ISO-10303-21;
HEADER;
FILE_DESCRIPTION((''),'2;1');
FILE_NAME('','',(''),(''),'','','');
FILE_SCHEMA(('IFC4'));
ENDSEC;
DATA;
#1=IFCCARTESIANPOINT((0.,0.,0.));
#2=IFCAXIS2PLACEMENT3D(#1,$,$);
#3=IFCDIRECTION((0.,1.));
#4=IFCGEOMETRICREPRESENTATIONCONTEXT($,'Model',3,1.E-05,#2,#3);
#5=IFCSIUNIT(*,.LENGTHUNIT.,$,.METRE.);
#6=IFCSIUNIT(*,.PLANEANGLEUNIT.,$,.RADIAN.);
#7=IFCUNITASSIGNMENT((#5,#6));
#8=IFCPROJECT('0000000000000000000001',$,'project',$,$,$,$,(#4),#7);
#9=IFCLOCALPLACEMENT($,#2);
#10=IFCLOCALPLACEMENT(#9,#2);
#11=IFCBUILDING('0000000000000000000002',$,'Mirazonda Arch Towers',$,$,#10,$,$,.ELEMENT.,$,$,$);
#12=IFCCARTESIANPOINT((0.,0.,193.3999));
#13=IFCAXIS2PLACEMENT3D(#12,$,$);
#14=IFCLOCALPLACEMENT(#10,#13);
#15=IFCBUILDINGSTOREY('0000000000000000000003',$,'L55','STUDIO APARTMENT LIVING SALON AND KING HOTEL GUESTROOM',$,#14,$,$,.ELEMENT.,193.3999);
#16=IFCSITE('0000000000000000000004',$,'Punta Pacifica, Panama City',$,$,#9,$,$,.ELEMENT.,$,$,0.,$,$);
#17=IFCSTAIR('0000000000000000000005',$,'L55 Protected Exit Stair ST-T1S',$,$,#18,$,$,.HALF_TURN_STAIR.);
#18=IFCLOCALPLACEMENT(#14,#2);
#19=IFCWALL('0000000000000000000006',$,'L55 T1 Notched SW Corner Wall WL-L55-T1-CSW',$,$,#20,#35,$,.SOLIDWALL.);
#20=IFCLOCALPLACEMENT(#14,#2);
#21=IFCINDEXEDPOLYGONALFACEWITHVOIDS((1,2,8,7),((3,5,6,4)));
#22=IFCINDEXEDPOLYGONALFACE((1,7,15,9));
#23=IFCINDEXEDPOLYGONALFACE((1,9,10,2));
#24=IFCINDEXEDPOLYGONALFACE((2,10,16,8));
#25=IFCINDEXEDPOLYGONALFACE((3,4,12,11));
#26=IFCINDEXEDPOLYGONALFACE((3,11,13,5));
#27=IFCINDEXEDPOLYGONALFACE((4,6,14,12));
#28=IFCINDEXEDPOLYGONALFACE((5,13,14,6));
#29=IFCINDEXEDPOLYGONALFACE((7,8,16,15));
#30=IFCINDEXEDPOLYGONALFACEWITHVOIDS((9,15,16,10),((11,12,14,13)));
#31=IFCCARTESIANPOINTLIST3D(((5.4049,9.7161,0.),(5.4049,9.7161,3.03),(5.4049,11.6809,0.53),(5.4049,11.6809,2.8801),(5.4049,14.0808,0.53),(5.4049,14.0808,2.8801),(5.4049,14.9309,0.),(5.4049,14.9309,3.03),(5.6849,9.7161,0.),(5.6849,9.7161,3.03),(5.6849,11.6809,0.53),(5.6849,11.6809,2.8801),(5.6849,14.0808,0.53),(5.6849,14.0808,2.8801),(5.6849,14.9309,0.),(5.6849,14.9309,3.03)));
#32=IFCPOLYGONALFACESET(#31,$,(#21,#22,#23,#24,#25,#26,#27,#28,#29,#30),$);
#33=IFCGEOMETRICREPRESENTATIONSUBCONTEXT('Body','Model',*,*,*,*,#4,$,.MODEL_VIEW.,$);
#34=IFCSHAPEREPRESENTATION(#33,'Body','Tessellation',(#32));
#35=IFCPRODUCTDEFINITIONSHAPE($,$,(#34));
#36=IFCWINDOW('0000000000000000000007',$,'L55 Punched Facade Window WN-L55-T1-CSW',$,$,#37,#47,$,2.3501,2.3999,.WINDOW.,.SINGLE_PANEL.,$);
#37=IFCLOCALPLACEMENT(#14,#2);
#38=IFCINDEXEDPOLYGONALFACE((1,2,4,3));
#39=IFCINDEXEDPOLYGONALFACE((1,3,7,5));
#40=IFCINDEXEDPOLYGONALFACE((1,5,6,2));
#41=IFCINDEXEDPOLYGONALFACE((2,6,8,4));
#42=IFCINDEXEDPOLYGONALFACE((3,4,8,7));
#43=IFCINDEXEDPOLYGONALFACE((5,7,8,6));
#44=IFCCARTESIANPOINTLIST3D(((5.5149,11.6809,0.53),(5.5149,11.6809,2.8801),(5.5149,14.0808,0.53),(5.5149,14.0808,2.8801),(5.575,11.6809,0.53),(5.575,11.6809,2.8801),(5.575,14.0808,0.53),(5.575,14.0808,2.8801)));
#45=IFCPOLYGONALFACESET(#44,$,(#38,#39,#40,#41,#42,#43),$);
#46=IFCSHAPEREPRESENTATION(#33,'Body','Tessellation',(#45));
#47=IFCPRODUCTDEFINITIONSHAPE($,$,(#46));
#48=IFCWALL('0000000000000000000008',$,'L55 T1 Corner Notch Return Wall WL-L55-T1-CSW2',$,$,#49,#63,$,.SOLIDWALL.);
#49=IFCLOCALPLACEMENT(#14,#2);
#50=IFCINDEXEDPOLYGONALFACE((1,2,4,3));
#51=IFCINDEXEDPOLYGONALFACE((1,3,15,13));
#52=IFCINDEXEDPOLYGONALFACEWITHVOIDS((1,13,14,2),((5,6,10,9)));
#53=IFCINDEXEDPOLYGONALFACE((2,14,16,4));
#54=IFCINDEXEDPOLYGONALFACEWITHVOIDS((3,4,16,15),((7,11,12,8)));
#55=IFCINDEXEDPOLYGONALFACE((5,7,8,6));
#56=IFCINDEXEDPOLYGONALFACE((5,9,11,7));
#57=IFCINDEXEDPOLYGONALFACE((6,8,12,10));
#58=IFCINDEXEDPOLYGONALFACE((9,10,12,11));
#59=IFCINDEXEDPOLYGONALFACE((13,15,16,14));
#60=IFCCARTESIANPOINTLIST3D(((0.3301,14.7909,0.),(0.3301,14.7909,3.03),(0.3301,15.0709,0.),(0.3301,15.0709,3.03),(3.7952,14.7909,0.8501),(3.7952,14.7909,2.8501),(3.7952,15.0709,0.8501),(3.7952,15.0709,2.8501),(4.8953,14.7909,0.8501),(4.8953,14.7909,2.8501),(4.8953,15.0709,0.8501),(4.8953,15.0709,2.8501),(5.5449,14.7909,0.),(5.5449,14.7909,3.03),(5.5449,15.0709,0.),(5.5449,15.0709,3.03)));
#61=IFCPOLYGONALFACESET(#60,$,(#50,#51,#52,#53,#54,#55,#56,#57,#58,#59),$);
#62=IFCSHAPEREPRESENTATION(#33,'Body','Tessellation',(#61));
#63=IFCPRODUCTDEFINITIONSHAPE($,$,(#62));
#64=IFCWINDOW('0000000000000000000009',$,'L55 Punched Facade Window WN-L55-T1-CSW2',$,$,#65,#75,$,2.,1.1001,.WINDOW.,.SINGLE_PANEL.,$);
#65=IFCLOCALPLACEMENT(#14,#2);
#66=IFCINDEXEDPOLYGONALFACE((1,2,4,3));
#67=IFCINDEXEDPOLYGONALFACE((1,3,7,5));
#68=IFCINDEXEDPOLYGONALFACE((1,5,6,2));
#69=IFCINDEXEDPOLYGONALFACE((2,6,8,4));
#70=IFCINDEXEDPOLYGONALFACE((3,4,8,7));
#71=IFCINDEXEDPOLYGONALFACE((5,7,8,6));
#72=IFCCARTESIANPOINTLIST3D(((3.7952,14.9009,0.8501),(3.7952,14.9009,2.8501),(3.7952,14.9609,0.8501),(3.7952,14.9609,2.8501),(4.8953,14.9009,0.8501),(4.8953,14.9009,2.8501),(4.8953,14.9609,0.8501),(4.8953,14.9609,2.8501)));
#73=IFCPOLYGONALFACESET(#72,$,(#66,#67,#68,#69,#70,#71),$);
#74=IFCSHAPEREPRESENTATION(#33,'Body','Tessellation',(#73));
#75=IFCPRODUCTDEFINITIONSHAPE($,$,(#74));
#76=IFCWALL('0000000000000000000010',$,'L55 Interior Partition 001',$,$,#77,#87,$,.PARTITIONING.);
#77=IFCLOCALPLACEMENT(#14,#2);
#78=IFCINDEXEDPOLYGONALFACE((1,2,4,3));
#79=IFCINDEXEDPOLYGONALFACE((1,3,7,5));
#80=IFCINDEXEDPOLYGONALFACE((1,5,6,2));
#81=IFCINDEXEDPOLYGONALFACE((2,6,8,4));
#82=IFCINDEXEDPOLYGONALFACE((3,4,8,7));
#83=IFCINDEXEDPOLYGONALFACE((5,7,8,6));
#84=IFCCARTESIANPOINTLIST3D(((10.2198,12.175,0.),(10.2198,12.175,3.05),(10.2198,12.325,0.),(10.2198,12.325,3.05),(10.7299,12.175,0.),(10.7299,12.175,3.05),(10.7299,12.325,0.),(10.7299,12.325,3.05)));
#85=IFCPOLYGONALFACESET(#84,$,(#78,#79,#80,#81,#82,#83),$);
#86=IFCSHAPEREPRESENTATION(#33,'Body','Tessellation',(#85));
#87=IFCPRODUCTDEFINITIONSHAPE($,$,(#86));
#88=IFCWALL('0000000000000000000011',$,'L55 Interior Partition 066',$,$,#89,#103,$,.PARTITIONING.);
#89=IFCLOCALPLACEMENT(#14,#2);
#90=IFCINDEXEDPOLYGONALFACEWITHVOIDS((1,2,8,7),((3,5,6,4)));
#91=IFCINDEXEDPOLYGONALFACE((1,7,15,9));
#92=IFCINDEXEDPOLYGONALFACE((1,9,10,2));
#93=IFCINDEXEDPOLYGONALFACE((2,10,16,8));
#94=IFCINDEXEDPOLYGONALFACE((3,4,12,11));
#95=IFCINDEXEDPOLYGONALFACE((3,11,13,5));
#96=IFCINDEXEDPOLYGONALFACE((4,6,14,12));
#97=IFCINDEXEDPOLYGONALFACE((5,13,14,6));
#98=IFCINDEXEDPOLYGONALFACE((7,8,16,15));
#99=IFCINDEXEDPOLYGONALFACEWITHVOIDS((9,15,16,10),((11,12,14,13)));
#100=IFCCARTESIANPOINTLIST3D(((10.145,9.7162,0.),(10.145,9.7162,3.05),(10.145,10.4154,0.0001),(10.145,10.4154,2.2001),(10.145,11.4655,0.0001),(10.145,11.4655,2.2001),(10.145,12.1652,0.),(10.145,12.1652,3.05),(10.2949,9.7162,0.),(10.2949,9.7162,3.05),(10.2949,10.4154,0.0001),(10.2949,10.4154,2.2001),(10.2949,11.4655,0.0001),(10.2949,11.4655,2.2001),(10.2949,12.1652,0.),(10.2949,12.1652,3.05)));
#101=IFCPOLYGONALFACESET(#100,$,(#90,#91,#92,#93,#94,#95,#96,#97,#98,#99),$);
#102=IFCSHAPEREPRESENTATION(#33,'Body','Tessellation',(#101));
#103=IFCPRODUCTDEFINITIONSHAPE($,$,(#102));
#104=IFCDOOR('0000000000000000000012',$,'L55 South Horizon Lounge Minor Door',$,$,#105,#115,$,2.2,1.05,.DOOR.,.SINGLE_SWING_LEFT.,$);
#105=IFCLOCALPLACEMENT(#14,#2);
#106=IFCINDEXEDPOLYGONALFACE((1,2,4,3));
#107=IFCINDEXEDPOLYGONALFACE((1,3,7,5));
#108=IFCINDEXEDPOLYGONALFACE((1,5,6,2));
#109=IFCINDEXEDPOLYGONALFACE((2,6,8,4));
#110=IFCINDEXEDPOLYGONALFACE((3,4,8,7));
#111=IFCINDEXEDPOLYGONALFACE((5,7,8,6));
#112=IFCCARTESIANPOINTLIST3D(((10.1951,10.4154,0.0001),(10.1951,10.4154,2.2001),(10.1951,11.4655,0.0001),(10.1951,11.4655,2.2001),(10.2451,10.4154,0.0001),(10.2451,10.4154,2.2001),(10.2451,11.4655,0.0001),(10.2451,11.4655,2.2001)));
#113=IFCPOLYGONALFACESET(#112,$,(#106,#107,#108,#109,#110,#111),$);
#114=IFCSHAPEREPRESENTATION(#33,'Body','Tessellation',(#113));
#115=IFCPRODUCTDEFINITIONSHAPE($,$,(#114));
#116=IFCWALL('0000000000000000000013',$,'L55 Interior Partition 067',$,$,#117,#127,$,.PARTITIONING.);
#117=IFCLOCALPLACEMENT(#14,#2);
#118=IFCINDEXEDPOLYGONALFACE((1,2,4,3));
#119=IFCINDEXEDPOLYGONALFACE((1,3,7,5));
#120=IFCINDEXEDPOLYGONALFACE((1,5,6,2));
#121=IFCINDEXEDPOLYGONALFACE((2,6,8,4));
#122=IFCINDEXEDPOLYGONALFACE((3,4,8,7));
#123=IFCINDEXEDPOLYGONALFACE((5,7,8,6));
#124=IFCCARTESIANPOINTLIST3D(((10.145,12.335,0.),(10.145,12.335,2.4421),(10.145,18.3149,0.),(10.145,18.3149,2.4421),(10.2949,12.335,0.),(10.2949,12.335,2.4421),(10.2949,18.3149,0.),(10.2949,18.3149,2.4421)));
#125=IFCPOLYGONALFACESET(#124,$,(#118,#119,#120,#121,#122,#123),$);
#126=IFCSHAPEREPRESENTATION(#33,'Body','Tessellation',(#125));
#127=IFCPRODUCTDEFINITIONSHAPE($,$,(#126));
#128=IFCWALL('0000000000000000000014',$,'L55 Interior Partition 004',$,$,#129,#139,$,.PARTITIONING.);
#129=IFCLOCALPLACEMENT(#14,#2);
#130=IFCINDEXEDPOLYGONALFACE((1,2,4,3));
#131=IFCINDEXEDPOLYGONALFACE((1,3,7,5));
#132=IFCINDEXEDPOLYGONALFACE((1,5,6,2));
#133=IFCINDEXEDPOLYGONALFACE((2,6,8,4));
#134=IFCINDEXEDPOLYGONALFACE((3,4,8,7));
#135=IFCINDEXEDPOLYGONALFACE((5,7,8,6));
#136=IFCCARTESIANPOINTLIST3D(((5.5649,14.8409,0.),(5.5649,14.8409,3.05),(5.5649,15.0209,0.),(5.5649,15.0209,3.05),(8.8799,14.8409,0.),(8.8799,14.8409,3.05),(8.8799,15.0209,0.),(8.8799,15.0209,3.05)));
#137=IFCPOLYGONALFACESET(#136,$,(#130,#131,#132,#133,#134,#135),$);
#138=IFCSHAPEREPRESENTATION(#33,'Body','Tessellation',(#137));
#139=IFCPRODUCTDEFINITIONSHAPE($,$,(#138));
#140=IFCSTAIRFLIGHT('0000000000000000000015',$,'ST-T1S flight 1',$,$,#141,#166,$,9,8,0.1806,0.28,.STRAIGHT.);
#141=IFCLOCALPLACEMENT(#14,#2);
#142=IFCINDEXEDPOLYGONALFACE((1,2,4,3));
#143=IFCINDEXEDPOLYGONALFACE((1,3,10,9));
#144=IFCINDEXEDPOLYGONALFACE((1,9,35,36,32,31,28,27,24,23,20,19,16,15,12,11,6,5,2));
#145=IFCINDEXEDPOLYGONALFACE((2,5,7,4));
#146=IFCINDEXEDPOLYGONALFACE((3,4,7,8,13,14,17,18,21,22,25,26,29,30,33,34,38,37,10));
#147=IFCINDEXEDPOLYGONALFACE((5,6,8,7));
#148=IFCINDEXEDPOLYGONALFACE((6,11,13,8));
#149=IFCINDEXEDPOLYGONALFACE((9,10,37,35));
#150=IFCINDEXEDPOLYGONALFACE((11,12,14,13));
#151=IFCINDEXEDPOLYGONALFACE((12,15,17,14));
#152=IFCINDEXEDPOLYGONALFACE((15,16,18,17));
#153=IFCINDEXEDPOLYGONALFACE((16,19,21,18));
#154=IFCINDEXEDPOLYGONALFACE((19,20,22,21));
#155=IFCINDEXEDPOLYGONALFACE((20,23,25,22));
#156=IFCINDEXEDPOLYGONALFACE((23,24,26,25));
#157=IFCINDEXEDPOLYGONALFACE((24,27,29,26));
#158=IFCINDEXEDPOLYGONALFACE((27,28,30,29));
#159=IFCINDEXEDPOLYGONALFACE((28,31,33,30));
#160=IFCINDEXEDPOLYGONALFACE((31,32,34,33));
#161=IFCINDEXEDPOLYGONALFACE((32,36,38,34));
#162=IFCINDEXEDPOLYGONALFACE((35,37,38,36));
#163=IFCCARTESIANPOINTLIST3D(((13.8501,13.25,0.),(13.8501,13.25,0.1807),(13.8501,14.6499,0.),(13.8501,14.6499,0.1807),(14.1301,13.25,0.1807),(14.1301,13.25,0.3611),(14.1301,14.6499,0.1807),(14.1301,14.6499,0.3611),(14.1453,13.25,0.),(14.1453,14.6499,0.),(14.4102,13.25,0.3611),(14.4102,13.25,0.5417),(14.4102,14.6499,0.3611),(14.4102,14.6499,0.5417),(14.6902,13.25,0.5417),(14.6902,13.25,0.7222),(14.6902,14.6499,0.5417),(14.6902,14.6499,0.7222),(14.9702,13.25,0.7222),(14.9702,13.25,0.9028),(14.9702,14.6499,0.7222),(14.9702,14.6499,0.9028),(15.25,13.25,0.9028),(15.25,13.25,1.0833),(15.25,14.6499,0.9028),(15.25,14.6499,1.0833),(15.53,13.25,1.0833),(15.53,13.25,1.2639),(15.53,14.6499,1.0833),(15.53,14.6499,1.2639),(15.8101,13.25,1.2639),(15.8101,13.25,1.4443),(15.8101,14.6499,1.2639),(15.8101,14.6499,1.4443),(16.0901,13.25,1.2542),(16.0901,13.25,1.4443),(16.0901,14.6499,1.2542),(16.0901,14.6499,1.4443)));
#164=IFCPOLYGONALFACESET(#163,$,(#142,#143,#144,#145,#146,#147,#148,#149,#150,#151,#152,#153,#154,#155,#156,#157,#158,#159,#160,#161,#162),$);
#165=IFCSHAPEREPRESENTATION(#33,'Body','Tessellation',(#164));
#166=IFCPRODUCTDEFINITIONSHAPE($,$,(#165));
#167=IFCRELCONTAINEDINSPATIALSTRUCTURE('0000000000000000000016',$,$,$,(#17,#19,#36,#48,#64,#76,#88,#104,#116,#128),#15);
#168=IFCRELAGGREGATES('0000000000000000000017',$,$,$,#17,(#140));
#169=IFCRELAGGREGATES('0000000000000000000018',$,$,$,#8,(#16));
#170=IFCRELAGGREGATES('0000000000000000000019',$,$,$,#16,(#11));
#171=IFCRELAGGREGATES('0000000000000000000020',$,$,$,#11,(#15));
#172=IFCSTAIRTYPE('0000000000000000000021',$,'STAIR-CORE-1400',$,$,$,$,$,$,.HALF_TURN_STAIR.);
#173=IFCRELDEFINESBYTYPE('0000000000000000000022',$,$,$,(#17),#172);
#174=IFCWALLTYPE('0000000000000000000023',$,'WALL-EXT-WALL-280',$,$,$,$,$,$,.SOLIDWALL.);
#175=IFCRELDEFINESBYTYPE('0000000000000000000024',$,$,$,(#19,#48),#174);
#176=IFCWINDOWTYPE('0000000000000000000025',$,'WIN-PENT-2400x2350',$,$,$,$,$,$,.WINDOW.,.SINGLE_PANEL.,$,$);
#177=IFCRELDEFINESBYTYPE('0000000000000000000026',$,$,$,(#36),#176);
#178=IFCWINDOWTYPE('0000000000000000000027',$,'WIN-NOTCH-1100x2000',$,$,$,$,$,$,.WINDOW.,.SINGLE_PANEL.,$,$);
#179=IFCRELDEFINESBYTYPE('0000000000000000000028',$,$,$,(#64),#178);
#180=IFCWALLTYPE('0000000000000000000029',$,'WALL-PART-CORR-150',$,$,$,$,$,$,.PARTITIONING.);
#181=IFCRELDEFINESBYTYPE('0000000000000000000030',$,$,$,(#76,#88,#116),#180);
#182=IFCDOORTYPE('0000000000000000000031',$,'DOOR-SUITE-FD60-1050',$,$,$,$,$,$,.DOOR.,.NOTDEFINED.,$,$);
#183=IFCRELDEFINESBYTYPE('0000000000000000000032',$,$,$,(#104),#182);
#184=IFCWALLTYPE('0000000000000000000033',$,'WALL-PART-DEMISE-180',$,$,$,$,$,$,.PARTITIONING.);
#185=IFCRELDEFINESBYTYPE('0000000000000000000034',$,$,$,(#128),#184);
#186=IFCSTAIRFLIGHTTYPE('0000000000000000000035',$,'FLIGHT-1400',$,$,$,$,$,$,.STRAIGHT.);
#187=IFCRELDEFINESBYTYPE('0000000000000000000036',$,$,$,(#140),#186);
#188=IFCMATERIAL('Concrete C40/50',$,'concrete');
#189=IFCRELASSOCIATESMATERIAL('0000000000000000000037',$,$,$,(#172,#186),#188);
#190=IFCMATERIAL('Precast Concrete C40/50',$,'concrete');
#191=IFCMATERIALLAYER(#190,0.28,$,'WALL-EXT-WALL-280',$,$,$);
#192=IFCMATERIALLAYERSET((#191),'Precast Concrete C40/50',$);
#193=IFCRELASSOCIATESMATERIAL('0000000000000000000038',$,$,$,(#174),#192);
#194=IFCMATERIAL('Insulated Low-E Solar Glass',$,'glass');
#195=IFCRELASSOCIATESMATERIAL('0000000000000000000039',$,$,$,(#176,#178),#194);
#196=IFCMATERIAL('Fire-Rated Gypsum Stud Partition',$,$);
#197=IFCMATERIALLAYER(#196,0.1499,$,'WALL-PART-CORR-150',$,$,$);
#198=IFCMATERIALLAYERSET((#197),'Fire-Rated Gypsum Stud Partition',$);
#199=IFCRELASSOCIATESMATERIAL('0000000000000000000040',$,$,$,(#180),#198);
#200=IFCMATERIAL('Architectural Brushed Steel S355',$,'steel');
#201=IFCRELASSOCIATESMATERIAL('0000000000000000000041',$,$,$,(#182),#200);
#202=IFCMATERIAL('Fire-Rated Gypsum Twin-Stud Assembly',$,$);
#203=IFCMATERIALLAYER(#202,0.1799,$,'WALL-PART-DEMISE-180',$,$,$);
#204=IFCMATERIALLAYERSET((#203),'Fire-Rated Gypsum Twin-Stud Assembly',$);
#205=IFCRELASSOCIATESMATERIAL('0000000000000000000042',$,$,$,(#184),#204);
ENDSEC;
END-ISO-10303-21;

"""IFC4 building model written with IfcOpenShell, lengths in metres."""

from ifc_helpers import new_model, si_unit, direction, frame, frame_2d, origin, place, context, subcontext, project, spatial, polyline, rectangle, outline, extrude, material, layer, layer_set, type_object, element, fill, aggregate, save


model = new_model("IFC4")

# Units and contexts
model_context = context("Model", 3, precision=1e-05, world=origin(), true_north=direction((0.0, 1.0)))
body_context = subcontext(model_context, "Body", "Model", "MODEL_VIEW")
ifc_project = project(units=[si_unit("LENGTHUNIT", "METRE"), si_unit("PLANEANGLEUNIT", "RADIAN")], contexts=[model_context])

# Site, building, storey
site_placement = place(None, origin())
site = spatial("IfcSite", under=ifc_project, at=site_placement, Name="Punta Pacifica, Panama City", CompositionType="ELEMENT", RefElevation=0.0)
building_placement = place(site_placement, origin())
building = spatial("IfcBuilding", under=site, at=building_placement, Name="Mirazonda Arch Towers", CompositionType="ELEMENT")
storey_placement = place(building_placement, frame((0.0, 0.0, 193.3999)))
storey = spatial("IfcBuildingStorey", under=building, at=storey_placement, Name="L55", Description="STUDIO APARTMENT LIVING SALON AND KING HOTEL GUESTROOM", CompositionType="ELEMENT", Elevation=193.3999)

# Shared definitions
ifc_material_1 = material(Name="Insulated Low-E Solar Glass", Category="glass")

# Stair
ifc_material_2 = material(Name="Concrete C40/50", Category="concrete")
stair_type = type_object("IfcStairType", Name="STAIR-CORE-1400", PredefinedType="HALF_TURN_STAIR", material=ifc_material_2)
stair_1_placement = place(storey_placement, origin())
stair_1 = element("IfcStair", 1, at=stair_1_placement, inside=storey, type_object=stair_type, Name="L55 Protected Exit Stair ST-T1S", PredefinedType="HALF_TURN_STAIR")

# Walls, openings, windows
ifc_material_3 = material(Name="Precast Concrete C40/50", Category="concrete")
ifc_layer_1 = layer(ifc_material_3, 0.28, Name="WALL-EXT-WALL-280")
ifc_layer_set_1 = layer_set([ifc_layer_1], Name="Precast Concrete C40/50")
wall_type_1 = type_object("IfcWallType", Name="WALL-EXT-WALL-280", PredefinedType="SOLIDWALL", material=ifc_layer_set_1)
wall_1_placement = place(storey_placement, frame((5.5449, 14.9309, 0.0), z_axis=(0.0, 0.0, 1.0), x_axis=(0.0, -1.0, 0.0)))
wall_1 = element("IfcWall", 2, at=wall_1_placement, inside=storey, type_object=wall_type_1, Name="L55 T1 Notched SW Corner Wall WL-L55-T1-CSW", PredefinedType="SOLIDWALL", context=body_context, shape_type="SweptSolid", body=[
    extrude(rectangle(XDim=5.2148, YDim=0.28, at=frame_2d((2.6074, 0.0))), origin(), (0.0, 0.0, 1.0), 3.03),
])
opening_1_placement = place(wall_1_placement, frame((0.8501, 0.0, 0.53)))
opening_1 = element("IfcOpeningElement", 3, at=opening_1_placement, cuts=wall_1, PredefinedType="OPENING", context=body_context, shape_type="SweptSolid", body=[
    extrude(rectangle(XDim=2.3999, YDim=2.3501, at=frame_2d((1.2, 1.175))), frame((0.0, 0.1499, 0.0), z_axis=(0.0, -1.0, 0.0), x_axis=(1.0, 0.0, 0.0)), (0.0, 0.0, 1.0), 0.3),
])
window_type_1 = type_object("IfcWindowType", Name="WIN-PENT-2400x2350", PartitioningType="SINGLE_PANEL", PredefinedType="WINDOW", material=ifc_material_1)
window_1_placement = place(opening_1_placement, origin())
window_1 = element("IfcWindow", 4, at=window_1_placement, inside=storey, type_object=window_type_1, Name="L55 Punched Facade Window WN-L55-T1-CSW", OverallHeight=2.3501, OverallWidth=2.3999, PartitioningType="SINGLE_PANEL", PredefinedType="WINDOW", context=body_context, shape_type="SweptSolid", body=[
    extrude(rectangle(XDim=2.3999, YDim=2.3501, at=frame_2d((1.2, 1.175))), frame((0.0, 0.03, 0.0), z_axis=(0.0, -1.0, 0.0), x_axis=(1.0, 0.0, 0.0)), (0.0, 0.0, 1.0), 0.0601),
])
fill(opening_1, window_1)
wall_2_placement = place(storey_placement, frame((0.3301, 14.9309, 0.0), z_axis=(0.0, 0.0, 1.0), x_axis=(1.0, 0.0, 0.0)))
wall_2 = element("IfcWall", 5, at=wall_2_placement, inside=storey, type_object=wall_type_1, Name="L55 T1 Corner Notch Return Wall WL-L55-T1-CSW2", PredefinedType="SOLIDWALL", context=body_context, shape_type="SweptSolid", body=[
    extrude(rectangle(XDim=5.2148, YDim=0.28, at=frame_2d((2.6074, 0.0))), origin(), (0.0, 0.0, 1.0), 3.03),
])
opening_2_placement = place(wall_2_placement, frame((3.4651, 0.0, 0.8501)))
opening_2 = element("IfcOpeningElement", 6, at=opening_2_placement, cuts=wall_2, PredefinedType="OPENING", context=body_context, shape_type="SweptSolid", body=[
    extrude(rectangle(XDim=1.1001, YDim=2.0, at=frame_2d((0.55, 1.0))), frame((0.0, 0.1499, 0.0), z_axis=(0.0, -1.0, 0.0), x_axis=(1.0, 0.0, 0.0)), (0.0, 0.0, 1.0), 0.3),
])
window_type_2 = type_object("IfcWindowType", Name="WIN-NOTCH-1100x2000", PartitioningType="SINGLE_PANEL", PredefinedType="WINDOW", material=ifc_material_1)
window_2_placement = place(opening_2_placement, origin())
window_2 = element("IfcWindow", 7, at=window_2_placement, inside=storey, type_object=window_type_2, Name="L55 Punched Facade Window WN-L55-T1-CSW2", OverallHeight=2.0, OverallWidth=1.1001, PartitioningType="SINGLE_PANEL", PredefinedType="WINDOW", context=body_context, shape_type="SweptSolid", body=[
    extrude(rectangle(XDim=1.1001, YDim=2.0, at=frame_2d((0.55, 1.0))), frame((0.0, 0.03, 0.0), z_axis=(0.0, -1.0, 0.0), x_axis=(1.0, 0.0, 0.0)), (0.0, 0.0, 1.0), 0.0601),
])
fill(opening_2, window_2)

# Wall
ifc_material_4 = material(Name="Fire-Rated Gypsum Stud Partition")
ifc_layer_2 = layer(ifc_material_4, 0.1499, Name="WALL-PART-CORR-150")
ifc_layer_set_2 = layer_set([ifc_layer_2], Name="Fire-Rated Gypsum Stud Partition")
wall_type_2 = type_object("IfcWallType", Name="WALL-PART-CORR-150", PredefinedType="PARTITIONING", material=ifc_layer_set_2)
wall_3_placement = place(storey_placement, frame((10.22, 12.25, 0.0), z_axis=(0.0, 0.0, 1.0), x_axis=(1.0, 0.0, 0.0)))
element("IfcWall", 8, at=wall_3_placement, inside=storey, type_object=wall_type_2, Name="L55 Interior Partition 001", PredefinedType="PARTITIONING", context=body_context, shape_type="SweptSolid", body=[
    extrude(rectangle(XDim=0.51, YDim=0.1499, at=frame_2d((0.2549, 0.0))), origin(), (0.0, 0.0, 1.0), 3.05),
])

# Wall, opening, door
wall_4_placement = place(storey_placement, frame((10.22, 9.7161, 0.0), z_axis=(0.0, 0.0, 1.0), x_axis=(0.0, 1.0, 0.0)))
wall_4 = element("IfcWall", 9, at=wall_4_placement, inside=storey, type_object=wall_type_2, Name="L55 Interior Partition 066", PredefinedType="PARTITIONING", context=body_context, shape_type="SweptSolid", body=[
    extrude(rectangle(XDim=2.449, YDim=0.1499, at=frame_2d((1.2246, 0.0))), origin(), (0.0, 0.0, 1.0), 3.05),
])
opening_3_placement = place(wall_4_placement, frame((0.6995, 0.0, 0.0)))
opening_3 = element("IfcOpeningElement", 10, at=opening_3_placement, cuts=wall_4, PredefinedType="OPENING", context=body_context, shape_type="SweptSolid", body=[
    extrude(rectangle(XDim=1.05, YDim=2.2, at=frame_2d((0.5249, 1.1001))), frame((0.0, 0.085, 0.0), z_axis=(0.0, -1.0, 0.0), x_axis=(1.0, 0.0, 0.0)), (0.0, 0.0, 1.0), 0.1699),
])
ifc_material_5 = material(Name="Architectural Brushed Steel S355", Category="steel")
door_type_1 = type_object("IfcDoorType", Name="DOOR-SUITE-FD60-1050", OperationType="NOTDEFINED", PredefinedType="DOOR", material=ifc_material_5)
door_1_placement = place(opening_3_placement, origin())
door_1 = element("IfcDoor", 11, at=door_1_placement, inside=storey, type_object=door_type_1, Name="L55 South Horizon Lounge Minor Door", OperationType="SINGLE_SWING_LEFT", OverallHeight=2.2, OverallWidth=1.05, PredefinedType="DOOR", context=body_context, shape_type="SweptSolid", body=[
    extrude(rectangle(XDim=1.05, YDim=2.2, at=frame_2d((0.5249, 1.1001))), frame((0.0, 0.0249, 0.0), z_axis=(0.0, -1.0, 0.0), x_axis=(1.0, 0.0, 0.0)), (0.0, 0.0, 1.0), 0.05),
])
fill(opening_3, door_1)

# Walls
wall_5_placement = place(storey_placement, frame((10.22, 12.335, 0.0), z_axis=(0.0, 0.0, 1.0), x_axis=(0.0, 1.0, 0.0)))
element("IfcWall", 12, at=wall_5_placement, inside=storey, type_object=wall_type_2, Name="L55 Interior Partition 067", PredefinedType="PARTITIONING", context=body_context, shape_type="SweptSolid", body=[
    extrude(rectangle(XDim=5.98, YDim=0.1499, at=frame_2d((2.99, 0.0))), origin(), (0.0, 0.0, 1.0), 2.4421),
])
ifc_material_6 = material(Name="Fire-Rated Gypsum Twin-Stud Assembly")
ifc_layer_3 = layer(ifc_material_6, 0.1799, Name="WALL-PART-DEMISE-180")
ifc_layer_set_3 = layer_set([ifc_layer_3], Name="Fire-Rated Gypsum Twin-Stud Assembly")
wall_type_3 = type_object("IfcWallType", Name="WALL-PART-DEMISE-180", PredefinedType="PARTITIONING", material=ifc_layer_set_3)
wall_6_placement = place(storey_placement, frame((5.5649, 14.9309, 0.0), z_axis=(0.0, 0.0, 1.0), x_axis=(1.0, 0.0, 0.0)))
element("IfcWall", 13, at=wall_6_placement, inside=storey, type_object=wall_type_3, Name="L55 Interior Partition 004", PredefinedType="PARTITIONING", context=body_context, shape_type="SweptSolid", body=[
    extrude(rectangle(XDim=3.3149, YDim=0.1799, at=frame_2d((1.6575, 0.0))), origin(), (0.0, 0.0, 1.0), 3.05),
])

# Stair flight
stair_flight_type = type_object("IfcStairFlightType", Name="FLIGHT-1400", PredefinedType="STRAIGHT", material=ifc_material_2)
stair_flight_placement = place(storey_placement, frame((13.8501, 13.95, 0.0), z_axis=(0.0, 0.0, 1.0), x_axis=(1.0, 0.0, 0.0)))
stair_flight = element("IfcStairFlight", 14, at=stair_flight_placement, type_object=stair_flight_type, Name="ST-T1S flight 1", NumberOfRisers=9, NumberOfTreads=8, PredefinedType="STRAIGHT", RiserHeight=0.1806, TreadLength=0.28, context=body_context, shape_type="SweptSolid", body=[
    extrude(outline(polyline([(0.0, 0.0), (0.0, 0.1807), (0.28, 0.1807), (0.28, 0.3611), (0.5601, 0.3611), (0.5601, 0.5417), (0.8401, 0.5417), (0.8401, 0.7222), (1.1201, 0.7222), (1.1201, 0.9028), (1.3999, 0.9028), (1.3999, 1.0833), (1.6799, 1.0833), (1.6799, 1.2639), (1.96, 1.2639), (1.96, 1.4443), (2.24, 1.4443), (2.24, 1.625), (2.24, 1.2542), (0.2952, 0.0), (0.0, 0.0)])), frame((0.0, 0.7, 0.0), z_axis=(0.0, -1.0, 0.0), x_axis=(1.0, 0.0, 0.0)), (0.0, 0.0, 1.0), 1.3999),
])
aggregate(stair_1, [stair_flight])

save(model, "model.ifc")
